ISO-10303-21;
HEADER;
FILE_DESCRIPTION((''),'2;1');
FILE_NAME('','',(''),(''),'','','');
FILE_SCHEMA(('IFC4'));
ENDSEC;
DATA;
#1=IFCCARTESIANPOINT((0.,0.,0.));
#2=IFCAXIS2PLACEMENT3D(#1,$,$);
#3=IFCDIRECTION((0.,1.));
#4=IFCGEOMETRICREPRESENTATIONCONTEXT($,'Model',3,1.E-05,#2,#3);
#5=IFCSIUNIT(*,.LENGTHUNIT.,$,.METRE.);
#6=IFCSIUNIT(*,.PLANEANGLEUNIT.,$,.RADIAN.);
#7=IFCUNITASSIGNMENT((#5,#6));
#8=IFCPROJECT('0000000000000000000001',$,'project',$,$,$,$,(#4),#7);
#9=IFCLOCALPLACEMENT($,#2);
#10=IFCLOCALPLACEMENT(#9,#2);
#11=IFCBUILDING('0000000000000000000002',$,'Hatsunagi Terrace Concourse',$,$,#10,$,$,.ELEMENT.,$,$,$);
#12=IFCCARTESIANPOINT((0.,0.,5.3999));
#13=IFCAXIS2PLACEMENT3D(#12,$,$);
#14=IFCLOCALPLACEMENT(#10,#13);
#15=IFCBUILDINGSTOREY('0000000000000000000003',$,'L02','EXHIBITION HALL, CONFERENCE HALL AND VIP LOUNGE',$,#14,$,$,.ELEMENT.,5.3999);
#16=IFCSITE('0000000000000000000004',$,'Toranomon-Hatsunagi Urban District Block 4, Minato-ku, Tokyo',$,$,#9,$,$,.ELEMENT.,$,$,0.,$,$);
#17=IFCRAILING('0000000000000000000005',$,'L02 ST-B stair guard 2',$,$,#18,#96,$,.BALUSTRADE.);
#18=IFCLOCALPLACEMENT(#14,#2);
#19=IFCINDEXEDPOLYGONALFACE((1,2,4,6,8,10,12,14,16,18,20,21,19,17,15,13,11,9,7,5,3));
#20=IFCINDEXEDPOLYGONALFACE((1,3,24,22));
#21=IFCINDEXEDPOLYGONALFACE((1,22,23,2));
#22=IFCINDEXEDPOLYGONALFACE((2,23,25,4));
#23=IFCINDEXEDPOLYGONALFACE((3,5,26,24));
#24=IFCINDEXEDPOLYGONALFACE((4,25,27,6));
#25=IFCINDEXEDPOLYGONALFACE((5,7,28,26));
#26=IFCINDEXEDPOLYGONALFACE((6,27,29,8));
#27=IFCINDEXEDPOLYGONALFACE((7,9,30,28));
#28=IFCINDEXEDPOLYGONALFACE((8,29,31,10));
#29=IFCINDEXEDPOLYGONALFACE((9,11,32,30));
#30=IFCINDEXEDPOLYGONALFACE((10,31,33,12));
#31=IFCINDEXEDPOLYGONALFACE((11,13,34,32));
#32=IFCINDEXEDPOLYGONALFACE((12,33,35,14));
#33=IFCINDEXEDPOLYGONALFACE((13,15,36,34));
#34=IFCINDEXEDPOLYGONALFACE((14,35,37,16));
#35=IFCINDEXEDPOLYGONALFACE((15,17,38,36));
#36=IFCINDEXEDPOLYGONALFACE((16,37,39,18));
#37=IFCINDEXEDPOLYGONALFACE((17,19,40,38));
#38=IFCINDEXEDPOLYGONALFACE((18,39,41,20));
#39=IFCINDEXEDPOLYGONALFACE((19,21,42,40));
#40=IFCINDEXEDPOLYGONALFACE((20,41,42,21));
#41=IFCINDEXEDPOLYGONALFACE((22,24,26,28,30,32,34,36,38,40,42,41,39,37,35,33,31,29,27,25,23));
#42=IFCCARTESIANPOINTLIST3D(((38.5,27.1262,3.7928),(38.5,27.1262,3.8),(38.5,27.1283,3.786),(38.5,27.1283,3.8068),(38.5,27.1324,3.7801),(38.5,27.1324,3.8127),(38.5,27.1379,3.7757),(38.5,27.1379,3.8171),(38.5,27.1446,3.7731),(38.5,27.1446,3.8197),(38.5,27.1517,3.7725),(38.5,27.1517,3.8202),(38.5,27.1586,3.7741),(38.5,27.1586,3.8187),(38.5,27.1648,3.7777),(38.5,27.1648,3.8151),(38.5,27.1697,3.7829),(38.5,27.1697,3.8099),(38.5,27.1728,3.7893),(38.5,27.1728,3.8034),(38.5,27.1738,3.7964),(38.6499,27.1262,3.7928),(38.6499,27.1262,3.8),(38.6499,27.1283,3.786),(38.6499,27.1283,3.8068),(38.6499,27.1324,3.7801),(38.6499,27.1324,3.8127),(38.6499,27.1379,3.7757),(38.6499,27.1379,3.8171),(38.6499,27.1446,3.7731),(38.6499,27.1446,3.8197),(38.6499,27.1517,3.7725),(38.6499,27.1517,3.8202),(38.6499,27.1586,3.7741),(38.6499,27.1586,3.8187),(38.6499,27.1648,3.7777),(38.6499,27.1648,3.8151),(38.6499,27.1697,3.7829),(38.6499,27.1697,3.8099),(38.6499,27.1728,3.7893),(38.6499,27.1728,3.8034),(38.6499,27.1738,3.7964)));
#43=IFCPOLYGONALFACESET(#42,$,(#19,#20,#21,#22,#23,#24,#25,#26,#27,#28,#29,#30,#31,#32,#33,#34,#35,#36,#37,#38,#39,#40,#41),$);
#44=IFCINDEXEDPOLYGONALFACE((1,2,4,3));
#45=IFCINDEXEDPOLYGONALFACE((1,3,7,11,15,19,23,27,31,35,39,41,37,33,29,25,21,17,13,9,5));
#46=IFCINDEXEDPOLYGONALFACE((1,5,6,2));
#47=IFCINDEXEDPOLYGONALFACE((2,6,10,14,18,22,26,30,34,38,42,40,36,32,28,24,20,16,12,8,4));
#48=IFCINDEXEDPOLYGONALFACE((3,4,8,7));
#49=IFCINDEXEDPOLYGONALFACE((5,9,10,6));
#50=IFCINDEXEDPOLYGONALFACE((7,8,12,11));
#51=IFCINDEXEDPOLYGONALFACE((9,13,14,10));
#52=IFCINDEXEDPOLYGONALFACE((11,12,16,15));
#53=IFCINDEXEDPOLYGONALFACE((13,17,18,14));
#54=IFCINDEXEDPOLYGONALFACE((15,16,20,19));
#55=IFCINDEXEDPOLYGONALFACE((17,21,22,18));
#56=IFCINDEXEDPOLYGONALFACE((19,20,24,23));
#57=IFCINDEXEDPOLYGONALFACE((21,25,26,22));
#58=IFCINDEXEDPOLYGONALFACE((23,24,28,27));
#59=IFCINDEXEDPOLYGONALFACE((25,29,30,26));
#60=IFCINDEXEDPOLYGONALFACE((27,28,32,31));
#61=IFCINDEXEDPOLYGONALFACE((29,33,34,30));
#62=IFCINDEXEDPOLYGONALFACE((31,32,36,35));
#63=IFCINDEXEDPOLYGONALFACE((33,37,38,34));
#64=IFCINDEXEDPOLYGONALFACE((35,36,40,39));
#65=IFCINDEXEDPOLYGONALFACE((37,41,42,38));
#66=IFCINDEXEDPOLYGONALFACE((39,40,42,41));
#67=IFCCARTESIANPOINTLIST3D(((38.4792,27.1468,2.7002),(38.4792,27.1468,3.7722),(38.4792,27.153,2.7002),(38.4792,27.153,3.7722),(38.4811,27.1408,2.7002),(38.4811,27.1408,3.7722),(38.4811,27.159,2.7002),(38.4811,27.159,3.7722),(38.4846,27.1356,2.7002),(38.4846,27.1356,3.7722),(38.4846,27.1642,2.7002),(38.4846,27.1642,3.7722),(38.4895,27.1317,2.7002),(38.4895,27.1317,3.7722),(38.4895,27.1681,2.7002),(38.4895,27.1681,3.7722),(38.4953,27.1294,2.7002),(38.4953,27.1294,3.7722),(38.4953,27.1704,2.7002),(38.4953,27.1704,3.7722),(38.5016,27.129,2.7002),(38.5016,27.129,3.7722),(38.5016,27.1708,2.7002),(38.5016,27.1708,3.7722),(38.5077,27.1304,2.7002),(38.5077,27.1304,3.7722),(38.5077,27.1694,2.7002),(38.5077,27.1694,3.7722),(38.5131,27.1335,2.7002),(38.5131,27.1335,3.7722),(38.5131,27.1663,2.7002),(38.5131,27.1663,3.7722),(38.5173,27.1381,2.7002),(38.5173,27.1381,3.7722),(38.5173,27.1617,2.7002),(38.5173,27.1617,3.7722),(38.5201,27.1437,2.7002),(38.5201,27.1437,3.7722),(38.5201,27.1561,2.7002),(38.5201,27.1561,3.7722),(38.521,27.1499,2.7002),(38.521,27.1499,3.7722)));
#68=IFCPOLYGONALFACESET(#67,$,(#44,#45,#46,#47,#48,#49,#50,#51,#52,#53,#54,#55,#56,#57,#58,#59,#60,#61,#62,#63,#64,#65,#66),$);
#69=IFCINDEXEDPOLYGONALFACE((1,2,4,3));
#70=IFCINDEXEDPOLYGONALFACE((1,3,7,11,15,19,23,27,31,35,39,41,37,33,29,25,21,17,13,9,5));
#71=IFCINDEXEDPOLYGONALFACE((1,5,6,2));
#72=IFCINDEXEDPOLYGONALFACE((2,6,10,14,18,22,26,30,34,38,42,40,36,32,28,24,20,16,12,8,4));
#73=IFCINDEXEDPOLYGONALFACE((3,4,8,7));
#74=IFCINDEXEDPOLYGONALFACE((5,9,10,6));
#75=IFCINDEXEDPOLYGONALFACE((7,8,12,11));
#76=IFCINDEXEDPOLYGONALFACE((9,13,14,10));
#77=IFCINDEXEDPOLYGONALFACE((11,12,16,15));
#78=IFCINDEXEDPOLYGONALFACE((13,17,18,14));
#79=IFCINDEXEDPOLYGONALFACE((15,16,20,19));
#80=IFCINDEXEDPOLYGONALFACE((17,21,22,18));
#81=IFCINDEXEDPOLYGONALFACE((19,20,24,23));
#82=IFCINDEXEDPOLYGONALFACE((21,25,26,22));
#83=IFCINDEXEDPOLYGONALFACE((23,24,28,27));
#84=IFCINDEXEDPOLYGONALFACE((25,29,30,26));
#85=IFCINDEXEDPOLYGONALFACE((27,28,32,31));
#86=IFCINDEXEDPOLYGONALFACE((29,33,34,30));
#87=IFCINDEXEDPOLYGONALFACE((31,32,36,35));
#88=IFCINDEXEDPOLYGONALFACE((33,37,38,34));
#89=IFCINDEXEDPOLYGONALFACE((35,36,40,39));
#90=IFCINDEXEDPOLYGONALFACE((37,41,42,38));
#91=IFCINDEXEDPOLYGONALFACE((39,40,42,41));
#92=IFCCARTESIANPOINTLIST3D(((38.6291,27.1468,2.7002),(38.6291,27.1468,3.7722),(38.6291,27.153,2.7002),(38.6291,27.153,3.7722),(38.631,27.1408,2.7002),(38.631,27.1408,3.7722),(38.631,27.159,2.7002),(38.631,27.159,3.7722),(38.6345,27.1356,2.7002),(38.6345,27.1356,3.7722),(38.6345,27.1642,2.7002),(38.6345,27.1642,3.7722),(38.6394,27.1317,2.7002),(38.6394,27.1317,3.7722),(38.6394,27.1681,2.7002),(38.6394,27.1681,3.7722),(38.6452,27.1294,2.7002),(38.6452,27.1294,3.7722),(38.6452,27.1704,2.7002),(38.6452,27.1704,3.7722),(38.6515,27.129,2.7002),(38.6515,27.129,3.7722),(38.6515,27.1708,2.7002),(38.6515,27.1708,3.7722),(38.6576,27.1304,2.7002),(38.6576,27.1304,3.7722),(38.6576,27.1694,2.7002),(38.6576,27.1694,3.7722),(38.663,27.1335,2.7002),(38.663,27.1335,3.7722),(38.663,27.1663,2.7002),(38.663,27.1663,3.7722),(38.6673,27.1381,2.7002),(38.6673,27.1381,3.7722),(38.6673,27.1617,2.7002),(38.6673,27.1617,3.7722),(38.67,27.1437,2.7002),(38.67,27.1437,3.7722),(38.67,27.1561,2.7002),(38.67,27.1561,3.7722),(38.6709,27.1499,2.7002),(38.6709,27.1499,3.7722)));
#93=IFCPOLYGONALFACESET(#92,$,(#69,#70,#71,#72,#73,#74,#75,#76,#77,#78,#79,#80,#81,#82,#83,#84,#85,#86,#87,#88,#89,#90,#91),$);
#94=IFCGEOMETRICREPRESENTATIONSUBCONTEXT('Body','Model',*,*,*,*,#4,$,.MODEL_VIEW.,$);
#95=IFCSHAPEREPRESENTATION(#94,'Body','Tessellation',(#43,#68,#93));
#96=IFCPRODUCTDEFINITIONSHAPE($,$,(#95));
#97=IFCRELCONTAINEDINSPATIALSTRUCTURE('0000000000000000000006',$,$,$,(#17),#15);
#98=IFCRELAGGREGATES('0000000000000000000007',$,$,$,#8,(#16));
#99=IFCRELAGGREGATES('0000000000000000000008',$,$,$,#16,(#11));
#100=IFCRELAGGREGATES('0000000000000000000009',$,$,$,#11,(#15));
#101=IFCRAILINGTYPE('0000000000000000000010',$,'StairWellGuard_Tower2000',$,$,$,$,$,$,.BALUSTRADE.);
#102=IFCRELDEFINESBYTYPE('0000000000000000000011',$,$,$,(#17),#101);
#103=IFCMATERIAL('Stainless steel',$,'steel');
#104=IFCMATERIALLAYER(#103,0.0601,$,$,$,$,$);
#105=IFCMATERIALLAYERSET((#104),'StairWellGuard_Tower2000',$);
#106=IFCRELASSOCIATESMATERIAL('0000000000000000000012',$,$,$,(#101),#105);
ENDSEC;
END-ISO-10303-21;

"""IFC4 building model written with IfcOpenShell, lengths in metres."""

from ifc_helpers import new_model, si_unit, direction, frame, origin, origin_2d, place, context, subcontext, project, spatial, circle, extrude, material, layer, layer_set, type_object, element, save


model = new_model("IFC4")

# Units and contexts
model_context = context("Model", 3, precision=1e-05, world=origin(), true_north=direction((0.0, 1.0)))
body_context = subcontext(model_context, "Body", "Model", "MODEL_VIEW")
ifc_project = project(units=[si_unit("LENGTHUNIT", "METRE"), si_unit("PLANEANGLEUNIT", "RADIAN")], contexts=[model_context])

# Site, building, storey
site_placement = place(None, origin())
site = spatial("IfcSite", under=ifc_project, at=site_placement, Name="Toranomon-Hatsunagi Urban District Block 4, Minato-ku, Tokyo", CompositionType="ELEMENT", RefElevation=0.0)
building_placement = place(site_placement, origin())
building = spatial("IfcBuilding", under=site, at=building_placement, Name="Hatsunagi Terrace Concourse", CompositionType="ELEMENT")
storey_placement = place(building_placement, frame((0.0, 0.0, 5.3999)))
storey = spatial("IfcBuildingStorey", under=building, at=storey_placement, Name="L02", Description="EXHIBITION HALL, CONFERENCE HALL AND VIP LOUNGE", CompositionType="ELEMENT", Elevation=5.3999)

# Railing
ifc_material_1 = material(Name="Stainless steel", Category="steel")
ifc_layer_1 = layer(ifc_material_1, 0.0601)
ifc_layer_set_1 = layer_set([ifc_layer_1], Name="StairWellGuard_Tower2000")
railing_type_1 = type_object("IfcRailingType", Name="StairWellGuard_Tower2000", PredefinedType="BALUSTRADE", material=ifc_layer_set_1)
railing_1_placement = place(storey_placement, frame((38.5, 27.1499, 2.7002)))
element("IfcRailing", 1, at=railing_1_placement, inside=storey, type_object=railing_type_1, Name="L02 ST-B stair guard 2", PredefinedType="BALUSTRADE", context=body_context, shape_type="SweptSolid", body=[
    extrude(circle(Radius=0.0239, at=origin_2d()), frame((0.0, 0.0, 1.0962), z_axis=(1.0, 0.0, 0.0), x_axis=(0.0, 1.0, 0.0)), (0.0, 0.0, 1.0), 0.1499),
    extrude(circle(Radius=0.021, at=origin_2d()), origin(), (0.0, 0.0, 1.0), 1.072),
    extrude(circle(Radius=0.021, at=origin_2d()), frame((0.1499, 0.0, 0.0)), (0.0, 0.0, 1.0), 1.072),
])

save(model, "model.ifc")
